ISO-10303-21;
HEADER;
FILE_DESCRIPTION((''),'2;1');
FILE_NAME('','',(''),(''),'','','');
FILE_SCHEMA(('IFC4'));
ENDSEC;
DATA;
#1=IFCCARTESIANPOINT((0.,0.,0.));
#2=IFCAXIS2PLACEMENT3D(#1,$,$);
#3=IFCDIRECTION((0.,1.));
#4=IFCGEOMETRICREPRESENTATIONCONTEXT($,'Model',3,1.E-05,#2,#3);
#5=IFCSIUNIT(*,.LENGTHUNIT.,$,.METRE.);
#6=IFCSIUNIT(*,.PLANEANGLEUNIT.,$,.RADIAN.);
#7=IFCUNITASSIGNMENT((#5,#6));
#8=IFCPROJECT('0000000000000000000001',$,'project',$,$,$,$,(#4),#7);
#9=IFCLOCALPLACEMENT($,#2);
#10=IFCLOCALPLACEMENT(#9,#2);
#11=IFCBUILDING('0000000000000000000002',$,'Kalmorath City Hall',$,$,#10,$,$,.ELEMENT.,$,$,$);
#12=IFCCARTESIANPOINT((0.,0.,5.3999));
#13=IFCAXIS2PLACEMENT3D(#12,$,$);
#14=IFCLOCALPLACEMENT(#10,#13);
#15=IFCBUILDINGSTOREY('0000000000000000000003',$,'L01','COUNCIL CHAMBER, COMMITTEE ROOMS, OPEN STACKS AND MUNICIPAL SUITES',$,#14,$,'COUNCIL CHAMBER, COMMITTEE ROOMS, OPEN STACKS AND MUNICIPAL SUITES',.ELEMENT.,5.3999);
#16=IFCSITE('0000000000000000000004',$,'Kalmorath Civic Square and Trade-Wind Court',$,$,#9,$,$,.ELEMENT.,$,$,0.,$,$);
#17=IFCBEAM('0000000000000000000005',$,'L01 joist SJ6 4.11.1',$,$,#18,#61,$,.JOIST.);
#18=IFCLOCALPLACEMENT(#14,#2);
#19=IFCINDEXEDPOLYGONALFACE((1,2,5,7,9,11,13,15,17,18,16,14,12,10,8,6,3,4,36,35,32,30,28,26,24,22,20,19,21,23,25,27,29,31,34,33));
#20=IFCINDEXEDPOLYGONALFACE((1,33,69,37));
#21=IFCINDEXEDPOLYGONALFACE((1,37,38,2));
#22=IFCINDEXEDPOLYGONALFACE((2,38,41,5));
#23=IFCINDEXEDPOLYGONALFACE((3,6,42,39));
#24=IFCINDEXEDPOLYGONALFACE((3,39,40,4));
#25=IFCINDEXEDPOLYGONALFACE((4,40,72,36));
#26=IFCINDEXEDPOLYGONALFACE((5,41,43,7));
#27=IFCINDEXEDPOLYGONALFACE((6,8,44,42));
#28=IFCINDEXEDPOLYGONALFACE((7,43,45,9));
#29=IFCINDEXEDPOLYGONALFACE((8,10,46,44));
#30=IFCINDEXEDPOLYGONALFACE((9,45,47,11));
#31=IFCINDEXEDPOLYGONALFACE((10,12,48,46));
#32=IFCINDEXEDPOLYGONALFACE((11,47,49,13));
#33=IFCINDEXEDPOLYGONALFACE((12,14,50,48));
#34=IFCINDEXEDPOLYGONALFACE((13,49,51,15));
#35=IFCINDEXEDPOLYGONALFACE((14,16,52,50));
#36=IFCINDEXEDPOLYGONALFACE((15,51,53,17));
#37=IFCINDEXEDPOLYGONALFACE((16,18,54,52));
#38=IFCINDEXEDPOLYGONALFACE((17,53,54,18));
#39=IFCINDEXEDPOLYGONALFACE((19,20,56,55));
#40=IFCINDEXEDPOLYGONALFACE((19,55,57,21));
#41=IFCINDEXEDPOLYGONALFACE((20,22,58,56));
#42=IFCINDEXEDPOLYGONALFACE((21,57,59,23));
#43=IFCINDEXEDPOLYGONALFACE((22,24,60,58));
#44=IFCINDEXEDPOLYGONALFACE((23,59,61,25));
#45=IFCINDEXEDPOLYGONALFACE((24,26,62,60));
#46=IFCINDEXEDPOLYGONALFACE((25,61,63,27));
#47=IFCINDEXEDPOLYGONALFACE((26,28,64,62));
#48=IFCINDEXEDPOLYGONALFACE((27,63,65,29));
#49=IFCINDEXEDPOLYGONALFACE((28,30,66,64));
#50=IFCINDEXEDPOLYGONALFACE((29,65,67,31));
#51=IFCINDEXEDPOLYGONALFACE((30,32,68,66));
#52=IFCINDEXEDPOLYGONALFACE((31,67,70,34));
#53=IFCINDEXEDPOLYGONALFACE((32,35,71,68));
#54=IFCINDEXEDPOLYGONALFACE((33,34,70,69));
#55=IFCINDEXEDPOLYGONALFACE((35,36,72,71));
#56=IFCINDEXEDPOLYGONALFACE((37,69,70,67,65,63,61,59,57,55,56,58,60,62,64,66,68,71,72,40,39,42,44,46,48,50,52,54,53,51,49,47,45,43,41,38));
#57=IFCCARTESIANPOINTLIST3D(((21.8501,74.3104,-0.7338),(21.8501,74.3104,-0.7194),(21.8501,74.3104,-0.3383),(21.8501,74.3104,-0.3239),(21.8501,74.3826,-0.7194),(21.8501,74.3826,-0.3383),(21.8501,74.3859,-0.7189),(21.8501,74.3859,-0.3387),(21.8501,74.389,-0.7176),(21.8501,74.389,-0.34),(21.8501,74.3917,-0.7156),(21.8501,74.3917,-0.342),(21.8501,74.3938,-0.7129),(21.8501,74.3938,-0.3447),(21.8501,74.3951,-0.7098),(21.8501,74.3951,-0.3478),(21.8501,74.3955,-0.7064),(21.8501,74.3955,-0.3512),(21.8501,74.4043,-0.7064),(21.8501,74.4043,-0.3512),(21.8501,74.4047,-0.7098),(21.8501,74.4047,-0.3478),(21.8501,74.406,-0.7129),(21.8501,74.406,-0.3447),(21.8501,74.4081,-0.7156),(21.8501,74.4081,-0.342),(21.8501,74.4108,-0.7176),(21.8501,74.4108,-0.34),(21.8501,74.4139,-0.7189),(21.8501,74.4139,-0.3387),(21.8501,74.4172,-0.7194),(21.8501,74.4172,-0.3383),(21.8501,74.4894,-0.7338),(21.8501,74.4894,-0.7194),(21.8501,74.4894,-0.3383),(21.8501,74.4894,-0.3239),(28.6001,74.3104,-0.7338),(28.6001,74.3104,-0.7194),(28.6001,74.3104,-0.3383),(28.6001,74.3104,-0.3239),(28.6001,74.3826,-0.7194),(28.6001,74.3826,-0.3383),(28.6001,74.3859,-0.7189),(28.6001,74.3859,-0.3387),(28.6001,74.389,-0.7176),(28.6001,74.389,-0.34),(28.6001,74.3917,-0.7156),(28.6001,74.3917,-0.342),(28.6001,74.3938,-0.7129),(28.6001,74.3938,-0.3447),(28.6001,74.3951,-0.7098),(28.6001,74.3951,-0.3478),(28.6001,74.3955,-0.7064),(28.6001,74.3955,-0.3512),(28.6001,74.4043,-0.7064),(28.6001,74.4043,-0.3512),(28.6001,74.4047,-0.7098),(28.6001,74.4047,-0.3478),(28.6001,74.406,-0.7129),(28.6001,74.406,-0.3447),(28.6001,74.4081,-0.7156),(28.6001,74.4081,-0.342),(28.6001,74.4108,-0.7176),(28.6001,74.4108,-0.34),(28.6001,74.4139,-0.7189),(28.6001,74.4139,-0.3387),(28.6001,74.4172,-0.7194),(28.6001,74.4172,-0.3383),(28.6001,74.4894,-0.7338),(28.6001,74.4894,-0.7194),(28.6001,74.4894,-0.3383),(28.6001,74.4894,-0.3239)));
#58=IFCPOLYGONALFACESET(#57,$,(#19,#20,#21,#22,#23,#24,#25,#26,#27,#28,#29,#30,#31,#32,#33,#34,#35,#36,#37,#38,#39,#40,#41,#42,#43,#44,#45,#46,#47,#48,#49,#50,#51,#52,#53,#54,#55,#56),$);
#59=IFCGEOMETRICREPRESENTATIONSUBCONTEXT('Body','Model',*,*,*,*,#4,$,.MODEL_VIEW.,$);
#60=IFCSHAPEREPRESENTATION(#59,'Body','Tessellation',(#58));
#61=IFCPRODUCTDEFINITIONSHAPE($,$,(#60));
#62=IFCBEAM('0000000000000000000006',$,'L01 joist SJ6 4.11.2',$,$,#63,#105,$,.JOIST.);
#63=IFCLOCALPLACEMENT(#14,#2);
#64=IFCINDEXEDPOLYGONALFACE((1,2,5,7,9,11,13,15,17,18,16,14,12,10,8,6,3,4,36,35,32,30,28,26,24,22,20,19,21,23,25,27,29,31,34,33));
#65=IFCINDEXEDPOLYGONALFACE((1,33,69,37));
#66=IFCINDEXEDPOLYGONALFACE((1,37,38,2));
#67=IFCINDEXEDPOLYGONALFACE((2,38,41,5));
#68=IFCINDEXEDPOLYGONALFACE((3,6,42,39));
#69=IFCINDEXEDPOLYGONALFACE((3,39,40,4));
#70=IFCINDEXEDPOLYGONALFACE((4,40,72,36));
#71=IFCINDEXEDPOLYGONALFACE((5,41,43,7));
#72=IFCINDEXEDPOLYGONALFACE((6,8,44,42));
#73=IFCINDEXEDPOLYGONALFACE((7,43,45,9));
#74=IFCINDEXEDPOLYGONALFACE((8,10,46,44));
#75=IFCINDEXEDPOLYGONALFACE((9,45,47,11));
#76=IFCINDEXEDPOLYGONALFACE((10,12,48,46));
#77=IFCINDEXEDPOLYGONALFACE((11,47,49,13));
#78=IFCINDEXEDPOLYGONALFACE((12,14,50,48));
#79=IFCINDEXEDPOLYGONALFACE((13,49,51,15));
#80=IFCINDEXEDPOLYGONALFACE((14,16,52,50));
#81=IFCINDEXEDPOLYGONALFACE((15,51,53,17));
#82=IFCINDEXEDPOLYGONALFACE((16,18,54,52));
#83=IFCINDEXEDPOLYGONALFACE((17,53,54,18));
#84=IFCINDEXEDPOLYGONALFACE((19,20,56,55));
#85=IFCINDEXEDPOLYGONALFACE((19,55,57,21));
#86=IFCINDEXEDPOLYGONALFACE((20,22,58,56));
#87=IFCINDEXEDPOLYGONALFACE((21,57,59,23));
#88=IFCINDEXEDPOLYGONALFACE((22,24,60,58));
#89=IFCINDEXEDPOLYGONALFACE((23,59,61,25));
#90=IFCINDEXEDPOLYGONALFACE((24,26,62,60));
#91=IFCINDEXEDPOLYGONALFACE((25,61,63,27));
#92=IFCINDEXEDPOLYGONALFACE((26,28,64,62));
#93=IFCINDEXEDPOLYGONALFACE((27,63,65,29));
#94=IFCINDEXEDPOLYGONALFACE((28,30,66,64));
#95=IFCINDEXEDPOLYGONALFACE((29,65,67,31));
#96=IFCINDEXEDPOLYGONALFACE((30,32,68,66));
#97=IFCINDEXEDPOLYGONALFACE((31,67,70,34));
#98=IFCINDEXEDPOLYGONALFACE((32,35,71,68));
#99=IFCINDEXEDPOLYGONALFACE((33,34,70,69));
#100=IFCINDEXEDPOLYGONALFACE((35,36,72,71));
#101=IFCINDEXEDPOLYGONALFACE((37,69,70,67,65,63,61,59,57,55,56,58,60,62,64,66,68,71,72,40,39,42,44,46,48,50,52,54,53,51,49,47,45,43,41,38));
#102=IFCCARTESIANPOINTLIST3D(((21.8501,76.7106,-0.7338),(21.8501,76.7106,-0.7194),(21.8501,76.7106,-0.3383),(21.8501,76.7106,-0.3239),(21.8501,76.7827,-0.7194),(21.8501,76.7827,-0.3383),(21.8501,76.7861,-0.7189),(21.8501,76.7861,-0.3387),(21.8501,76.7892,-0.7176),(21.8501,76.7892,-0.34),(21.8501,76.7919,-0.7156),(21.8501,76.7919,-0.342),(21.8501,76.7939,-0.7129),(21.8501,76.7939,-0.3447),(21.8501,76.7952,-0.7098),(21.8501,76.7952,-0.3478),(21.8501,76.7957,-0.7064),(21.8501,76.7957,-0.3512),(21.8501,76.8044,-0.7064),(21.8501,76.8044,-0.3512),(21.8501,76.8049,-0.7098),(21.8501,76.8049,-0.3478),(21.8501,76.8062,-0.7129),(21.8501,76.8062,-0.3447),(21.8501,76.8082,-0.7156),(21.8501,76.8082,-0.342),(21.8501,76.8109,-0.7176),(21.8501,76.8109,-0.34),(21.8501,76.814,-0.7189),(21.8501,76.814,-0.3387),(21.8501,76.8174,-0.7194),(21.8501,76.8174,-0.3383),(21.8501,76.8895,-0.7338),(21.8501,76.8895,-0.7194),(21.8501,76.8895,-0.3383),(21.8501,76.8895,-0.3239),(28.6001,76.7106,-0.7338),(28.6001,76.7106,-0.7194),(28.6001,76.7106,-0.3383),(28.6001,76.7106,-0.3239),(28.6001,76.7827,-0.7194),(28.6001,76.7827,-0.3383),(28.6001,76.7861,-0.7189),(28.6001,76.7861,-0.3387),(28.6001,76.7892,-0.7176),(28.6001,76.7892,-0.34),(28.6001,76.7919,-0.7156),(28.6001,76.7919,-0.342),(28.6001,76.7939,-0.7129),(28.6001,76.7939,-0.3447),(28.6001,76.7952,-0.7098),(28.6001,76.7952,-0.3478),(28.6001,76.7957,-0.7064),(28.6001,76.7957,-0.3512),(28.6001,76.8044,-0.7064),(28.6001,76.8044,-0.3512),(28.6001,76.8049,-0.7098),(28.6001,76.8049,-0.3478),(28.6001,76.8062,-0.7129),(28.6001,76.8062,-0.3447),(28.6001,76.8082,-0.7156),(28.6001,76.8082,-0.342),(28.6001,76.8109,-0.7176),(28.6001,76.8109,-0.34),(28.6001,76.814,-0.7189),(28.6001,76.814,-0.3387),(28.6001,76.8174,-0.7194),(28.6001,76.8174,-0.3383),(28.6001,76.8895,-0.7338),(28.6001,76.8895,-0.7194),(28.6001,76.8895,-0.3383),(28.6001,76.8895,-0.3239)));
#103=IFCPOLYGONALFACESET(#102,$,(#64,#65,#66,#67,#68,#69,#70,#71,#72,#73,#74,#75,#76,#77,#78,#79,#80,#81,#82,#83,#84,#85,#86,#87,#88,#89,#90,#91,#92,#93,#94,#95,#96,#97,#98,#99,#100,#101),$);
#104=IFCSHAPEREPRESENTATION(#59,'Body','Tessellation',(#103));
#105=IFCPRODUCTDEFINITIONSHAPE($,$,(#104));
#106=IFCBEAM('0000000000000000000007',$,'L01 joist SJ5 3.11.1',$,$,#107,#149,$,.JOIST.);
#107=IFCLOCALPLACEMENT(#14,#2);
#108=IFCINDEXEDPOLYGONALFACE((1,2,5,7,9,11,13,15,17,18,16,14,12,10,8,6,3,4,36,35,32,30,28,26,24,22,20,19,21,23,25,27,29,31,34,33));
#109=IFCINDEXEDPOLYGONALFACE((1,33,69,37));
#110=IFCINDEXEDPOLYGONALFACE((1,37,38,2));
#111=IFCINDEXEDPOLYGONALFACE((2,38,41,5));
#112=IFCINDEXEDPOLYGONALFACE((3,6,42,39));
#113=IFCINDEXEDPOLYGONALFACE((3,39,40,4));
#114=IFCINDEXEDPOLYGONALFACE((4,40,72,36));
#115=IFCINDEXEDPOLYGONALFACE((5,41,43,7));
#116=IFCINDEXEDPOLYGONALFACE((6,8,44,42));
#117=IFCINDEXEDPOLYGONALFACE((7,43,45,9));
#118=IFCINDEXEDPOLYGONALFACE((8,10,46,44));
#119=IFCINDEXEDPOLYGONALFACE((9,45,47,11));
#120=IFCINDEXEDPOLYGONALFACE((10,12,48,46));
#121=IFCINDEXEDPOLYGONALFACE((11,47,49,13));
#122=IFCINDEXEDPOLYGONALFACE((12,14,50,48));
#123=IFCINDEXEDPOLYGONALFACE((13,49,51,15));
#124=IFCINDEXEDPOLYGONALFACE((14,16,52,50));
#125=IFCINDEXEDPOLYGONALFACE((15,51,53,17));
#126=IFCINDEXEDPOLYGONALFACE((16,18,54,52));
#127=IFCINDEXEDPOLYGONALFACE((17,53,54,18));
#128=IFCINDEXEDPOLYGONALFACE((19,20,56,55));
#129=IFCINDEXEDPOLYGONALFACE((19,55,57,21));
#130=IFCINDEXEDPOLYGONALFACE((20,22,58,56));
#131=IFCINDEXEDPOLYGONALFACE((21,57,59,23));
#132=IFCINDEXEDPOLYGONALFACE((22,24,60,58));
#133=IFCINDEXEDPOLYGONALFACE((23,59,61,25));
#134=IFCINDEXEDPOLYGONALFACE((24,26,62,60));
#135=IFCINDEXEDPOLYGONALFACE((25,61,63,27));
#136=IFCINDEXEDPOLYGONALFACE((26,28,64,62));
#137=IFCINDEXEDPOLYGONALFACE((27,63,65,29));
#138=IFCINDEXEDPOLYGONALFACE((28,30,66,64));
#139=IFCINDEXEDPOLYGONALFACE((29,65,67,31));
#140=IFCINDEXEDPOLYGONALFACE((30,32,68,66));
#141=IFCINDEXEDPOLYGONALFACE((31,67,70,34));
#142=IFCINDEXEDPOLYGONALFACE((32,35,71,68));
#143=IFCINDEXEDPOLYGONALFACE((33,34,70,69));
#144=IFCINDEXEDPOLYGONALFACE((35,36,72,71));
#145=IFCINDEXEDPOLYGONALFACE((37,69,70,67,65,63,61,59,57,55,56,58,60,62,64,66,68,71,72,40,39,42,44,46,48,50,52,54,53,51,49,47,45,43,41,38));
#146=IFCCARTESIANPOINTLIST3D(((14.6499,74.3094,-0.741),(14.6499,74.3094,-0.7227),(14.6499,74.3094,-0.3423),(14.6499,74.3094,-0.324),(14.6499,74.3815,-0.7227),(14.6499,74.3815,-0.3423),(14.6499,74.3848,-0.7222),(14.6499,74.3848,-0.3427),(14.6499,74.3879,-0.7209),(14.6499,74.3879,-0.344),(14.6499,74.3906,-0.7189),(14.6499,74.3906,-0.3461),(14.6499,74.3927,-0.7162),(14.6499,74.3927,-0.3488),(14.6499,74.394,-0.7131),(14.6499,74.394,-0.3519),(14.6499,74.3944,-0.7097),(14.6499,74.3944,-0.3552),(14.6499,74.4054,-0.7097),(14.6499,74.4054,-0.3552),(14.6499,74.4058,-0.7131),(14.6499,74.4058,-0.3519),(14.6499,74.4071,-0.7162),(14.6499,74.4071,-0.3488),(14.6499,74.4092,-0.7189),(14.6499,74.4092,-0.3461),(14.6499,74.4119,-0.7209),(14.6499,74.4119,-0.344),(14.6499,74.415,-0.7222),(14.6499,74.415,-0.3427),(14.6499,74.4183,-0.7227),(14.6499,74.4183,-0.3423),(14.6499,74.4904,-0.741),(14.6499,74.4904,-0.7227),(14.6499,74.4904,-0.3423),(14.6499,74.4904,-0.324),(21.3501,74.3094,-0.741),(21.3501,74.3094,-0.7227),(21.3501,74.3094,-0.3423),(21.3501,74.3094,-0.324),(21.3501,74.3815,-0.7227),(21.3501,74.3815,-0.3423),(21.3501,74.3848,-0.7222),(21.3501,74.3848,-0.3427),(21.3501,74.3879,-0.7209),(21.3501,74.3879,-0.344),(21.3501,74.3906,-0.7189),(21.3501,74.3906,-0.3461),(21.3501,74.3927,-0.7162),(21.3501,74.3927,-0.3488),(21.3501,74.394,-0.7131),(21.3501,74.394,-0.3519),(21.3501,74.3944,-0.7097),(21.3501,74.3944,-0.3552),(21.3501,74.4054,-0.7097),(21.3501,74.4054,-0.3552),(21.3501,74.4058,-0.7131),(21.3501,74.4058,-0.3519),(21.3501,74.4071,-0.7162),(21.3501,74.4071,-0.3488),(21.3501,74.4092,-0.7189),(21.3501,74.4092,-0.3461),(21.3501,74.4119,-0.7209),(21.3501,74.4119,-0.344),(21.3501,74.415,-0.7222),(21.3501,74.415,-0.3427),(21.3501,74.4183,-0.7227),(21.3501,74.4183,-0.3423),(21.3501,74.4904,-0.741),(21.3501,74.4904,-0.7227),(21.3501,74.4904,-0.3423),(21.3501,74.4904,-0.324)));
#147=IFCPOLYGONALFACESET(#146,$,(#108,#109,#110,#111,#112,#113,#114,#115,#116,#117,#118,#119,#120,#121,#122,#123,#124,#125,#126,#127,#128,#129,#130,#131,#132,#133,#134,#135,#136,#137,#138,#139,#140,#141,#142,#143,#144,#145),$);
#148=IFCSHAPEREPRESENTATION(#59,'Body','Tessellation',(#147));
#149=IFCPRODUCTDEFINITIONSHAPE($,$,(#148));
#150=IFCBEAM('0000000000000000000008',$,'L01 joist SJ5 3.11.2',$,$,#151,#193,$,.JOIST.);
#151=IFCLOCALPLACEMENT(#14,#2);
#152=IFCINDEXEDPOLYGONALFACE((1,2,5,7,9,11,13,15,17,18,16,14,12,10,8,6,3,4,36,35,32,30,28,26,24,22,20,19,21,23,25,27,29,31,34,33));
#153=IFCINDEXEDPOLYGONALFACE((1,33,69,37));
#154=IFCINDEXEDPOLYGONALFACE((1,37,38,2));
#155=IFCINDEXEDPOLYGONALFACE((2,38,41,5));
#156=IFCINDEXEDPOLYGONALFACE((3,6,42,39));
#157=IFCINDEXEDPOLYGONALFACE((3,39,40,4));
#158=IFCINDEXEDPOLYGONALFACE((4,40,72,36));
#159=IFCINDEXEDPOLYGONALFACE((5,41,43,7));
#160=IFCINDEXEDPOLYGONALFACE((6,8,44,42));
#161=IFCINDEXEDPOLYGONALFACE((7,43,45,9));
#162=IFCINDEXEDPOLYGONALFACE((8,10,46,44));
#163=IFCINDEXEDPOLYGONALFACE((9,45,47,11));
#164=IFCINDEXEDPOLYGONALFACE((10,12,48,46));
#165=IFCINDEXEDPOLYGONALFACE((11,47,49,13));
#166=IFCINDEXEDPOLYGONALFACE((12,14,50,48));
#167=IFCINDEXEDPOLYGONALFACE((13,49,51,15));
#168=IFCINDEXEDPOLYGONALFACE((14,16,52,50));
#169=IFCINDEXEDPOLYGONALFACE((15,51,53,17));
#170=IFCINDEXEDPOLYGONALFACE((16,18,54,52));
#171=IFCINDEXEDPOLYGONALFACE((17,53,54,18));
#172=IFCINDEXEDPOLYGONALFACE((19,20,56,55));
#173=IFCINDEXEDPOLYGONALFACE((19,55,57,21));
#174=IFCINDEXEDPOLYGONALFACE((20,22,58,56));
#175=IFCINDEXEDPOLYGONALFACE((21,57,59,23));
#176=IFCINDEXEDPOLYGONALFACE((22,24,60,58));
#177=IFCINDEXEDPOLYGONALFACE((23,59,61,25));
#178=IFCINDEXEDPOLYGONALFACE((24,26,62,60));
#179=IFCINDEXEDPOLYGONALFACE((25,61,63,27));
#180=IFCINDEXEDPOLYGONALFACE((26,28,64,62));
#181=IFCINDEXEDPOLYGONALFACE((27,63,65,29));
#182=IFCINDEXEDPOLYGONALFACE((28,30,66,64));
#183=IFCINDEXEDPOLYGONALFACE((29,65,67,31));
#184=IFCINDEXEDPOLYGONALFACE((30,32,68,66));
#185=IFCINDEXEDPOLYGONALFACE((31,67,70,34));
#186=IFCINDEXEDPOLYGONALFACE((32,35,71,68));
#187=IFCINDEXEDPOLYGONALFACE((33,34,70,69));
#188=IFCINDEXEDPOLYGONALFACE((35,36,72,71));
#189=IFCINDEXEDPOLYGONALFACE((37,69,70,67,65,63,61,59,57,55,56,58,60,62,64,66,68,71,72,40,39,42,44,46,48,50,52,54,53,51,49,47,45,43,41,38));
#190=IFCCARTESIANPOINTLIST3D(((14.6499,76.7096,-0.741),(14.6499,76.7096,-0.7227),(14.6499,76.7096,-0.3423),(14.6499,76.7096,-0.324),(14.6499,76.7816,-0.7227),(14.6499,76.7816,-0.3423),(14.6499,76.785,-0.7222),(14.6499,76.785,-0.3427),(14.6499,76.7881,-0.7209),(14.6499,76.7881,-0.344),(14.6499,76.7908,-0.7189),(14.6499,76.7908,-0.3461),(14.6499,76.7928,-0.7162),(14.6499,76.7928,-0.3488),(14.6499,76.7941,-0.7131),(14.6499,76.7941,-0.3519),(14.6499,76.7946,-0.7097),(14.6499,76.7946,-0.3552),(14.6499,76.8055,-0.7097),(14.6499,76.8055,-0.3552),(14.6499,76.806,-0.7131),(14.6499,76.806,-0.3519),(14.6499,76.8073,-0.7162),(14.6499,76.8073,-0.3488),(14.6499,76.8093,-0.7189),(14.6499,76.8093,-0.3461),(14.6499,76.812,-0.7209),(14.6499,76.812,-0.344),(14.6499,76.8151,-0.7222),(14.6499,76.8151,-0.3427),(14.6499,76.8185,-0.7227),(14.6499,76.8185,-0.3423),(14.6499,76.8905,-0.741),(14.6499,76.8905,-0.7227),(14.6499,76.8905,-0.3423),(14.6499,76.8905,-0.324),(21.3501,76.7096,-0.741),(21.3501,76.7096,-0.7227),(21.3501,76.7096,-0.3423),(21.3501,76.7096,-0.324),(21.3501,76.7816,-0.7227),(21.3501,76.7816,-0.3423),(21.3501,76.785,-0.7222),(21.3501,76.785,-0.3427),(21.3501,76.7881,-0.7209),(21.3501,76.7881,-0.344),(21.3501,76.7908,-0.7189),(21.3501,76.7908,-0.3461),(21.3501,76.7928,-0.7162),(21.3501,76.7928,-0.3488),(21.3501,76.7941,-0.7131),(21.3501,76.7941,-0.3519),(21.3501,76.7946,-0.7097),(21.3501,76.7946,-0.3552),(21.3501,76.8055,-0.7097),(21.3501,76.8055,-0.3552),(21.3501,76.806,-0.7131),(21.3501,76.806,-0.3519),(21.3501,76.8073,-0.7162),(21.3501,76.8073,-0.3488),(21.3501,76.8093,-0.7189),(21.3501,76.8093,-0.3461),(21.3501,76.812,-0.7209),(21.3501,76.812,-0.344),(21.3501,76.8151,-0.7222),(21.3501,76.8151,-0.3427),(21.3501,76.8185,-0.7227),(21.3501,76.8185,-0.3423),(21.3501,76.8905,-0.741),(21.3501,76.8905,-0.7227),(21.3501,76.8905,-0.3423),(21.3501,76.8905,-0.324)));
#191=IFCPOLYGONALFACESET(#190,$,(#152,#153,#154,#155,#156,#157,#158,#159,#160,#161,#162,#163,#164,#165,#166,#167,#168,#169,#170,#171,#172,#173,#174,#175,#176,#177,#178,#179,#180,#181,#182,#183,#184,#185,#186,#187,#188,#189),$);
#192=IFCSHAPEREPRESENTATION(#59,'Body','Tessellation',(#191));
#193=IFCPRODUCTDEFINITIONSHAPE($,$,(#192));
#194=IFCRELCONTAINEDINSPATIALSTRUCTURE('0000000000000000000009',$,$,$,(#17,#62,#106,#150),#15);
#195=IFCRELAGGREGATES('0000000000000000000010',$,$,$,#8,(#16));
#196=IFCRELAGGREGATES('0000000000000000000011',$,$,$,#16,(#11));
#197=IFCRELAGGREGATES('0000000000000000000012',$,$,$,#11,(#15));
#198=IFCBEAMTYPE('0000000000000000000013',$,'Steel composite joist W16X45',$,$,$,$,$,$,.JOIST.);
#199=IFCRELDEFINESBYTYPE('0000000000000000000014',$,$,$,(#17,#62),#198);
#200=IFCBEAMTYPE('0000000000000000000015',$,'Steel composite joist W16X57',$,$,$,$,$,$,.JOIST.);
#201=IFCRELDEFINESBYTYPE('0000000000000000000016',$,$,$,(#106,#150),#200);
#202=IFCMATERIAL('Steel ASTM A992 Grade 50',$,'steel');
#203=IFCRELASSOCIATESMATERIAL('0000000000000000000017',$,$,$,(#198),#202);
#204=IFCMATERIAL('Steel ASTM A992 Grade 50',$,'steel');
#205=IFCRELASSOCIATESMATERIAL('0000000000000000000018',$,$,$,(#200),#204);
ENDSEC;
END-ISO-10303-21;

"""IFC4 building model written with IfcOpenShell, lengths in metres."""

from ifc_helpers import new_model, si_unit, direction, frame, origin, origin_2d, place, context, subcontext, project, spatial, i_section, extrude, material, material_profile, profile_set, type_object, element, save


model = new_model("IFC4")

# Units and contexts
model_context = context("Model", 3, precision=1e-05, world=origin(), true_north=direction((0.0, 1.0)))
body_context = subcontext(model_context, "Body", "Model", "MODEL_VIEW")
ifc_project = project(units=[si_unit("LENGTHUNIT", "METRE"), si_unit("PLANEANGLEUNIT", "RADIAN")], contexts=[model_context])

# Site, building, storey
site_placement = place(None, origin())
site = spatial("IfcSite", under=ifc_project, at=site_placement, Name="Kalmorath Civic Square and Trade-Wind Court", CompositionType="ELEMENT", RefElevation=0.0)
building_placement = place(site_placement, origin())
building = spatial("IfcBuilding", under=site, at=building_placement, Name="Kalmorath City Hall", CompositionType="ELEMENT")
storey_placement = place(building_placement, frame((0.0, 0.0, 5.3999)))
storey = spatial("IfcBuildingStorey", under=building, at=storey_placement, Name="L01", Description="COUNCIL CHAMBER, COMMITTEE ROOMS, OPEN STACKS AND MUNICIPAL SUITES", LongName="COUNCIL CHAMBER, COMMITTEE ROOMS, OPEN STACKS AND MUNICIPAL SUITES", CompositionType="ELEMENT", Elevation=5.3999)

# Beams
ifc_material_1 = material(Name="Steel ASTM A992 Grade 50", Category="steel")
ifc_material_profile_1 = material_profile(ifc_material_1, i_section(OverallWidth=0.179, OverallDepth=0.4099, WebThickness=0.0088, FlangeThickness=0.0144, FilletRadius=0.0129, at=origin_2d()), Name="W16X45")
ifc_profile_set_1 = profile_set([ifc_material_profile_1], Name="Steel ASTM A992 Grade 50")
beam_type_1 = type_object("IfcBeamType", Name="Steel composite joist W16X45", PredefinedType="JOIST", material=ifc_profile_set_1)
for number, where, z_axis, x_axis, name in (
    (1, (21.8501, 74.3999, -0.5288), (1.0, 0.0, 0.0), (0.0, 1.0, 0.0), "L01 joist SJ6 4.11.1"),
    (2, (21.8501, 76.8, -0.5288), (1.0, 0.0, 0.0), (0.0, 1.0, 0.0), "L01 joist SJ6 4.11.2"),
):
    element("IfcBeam", number, at=place(storey_placement, frame(where, z_axis=z_axis, x_axis=x_axis)), inside=storey, type_object=beam_type_1, Name=name, PredefinedType="JOIST", context=body_context, shape_type="SweptSolid", body=[
        extrude(i_section(OverallWidth=0.179, OverallDepth=0.4099, WebThickness=0.0088, FlangeThickness=0.0144, FilletRadius=0.0129, at=origin_2d()), origin(), (0.0, 0.0, 1.0), 6.75),
    ])
ifc_material_2 = material(Name="Steel ASTM A992 Grade 50", Category="steel")
ifc_material_profile_2 = material_profile(ifc_material_2, i_section(OverallWidth=0.1809, OverallDepth=0.417, WebThickness=0.011, FlangeThickness=0.0183, FilletRadius=0.0129, at=origin_2d()), Name="W16X57")
ifc_profile_set_2 = profile_set([ifc_material_profile_2], Name="Steel ASTM A992 Grade 50")
beam_type_2 = type_object("IfcBeamType", Name="Steel composite joist W16X57", PredefinedType="JOIST", material=ifc_profile_set_2)
for number, where, z_axis, x_axis, name in (
    (3, (14.6499, 74.3999, -0.5325), (1.0, 0.0, 0.0), (0.0, 1.0, 0.0), "L01 joist SJ5 3.11.1"),
    (4, (14.6499, 76.8, -0.5325), (1.0, 0.0, 0.0), (0.0, 1.0, 0.0), "L01 joist SJ5 3.11.2"),
):
    element("IfcBeam", number, at=place(storey_placement, frame(where, z_axis=z_axis, x_axis=x_axis)), inside=storey, type_object=beam_type_2, Name=name, PredefinedType="JOIST", context=body_context, shape_type="SweptSolid", body=[
        extrude(i_section(OverallWidth=0.1809, OverallDepth=0.417, WebThickness=0.011, FlangeThickness=0.0183, FilletRadius=0.0129, at=origin_2d()), origin(), (0.0, 0.0, 1.0), 6.7002),
    ])

save(model, "model.ifc")
